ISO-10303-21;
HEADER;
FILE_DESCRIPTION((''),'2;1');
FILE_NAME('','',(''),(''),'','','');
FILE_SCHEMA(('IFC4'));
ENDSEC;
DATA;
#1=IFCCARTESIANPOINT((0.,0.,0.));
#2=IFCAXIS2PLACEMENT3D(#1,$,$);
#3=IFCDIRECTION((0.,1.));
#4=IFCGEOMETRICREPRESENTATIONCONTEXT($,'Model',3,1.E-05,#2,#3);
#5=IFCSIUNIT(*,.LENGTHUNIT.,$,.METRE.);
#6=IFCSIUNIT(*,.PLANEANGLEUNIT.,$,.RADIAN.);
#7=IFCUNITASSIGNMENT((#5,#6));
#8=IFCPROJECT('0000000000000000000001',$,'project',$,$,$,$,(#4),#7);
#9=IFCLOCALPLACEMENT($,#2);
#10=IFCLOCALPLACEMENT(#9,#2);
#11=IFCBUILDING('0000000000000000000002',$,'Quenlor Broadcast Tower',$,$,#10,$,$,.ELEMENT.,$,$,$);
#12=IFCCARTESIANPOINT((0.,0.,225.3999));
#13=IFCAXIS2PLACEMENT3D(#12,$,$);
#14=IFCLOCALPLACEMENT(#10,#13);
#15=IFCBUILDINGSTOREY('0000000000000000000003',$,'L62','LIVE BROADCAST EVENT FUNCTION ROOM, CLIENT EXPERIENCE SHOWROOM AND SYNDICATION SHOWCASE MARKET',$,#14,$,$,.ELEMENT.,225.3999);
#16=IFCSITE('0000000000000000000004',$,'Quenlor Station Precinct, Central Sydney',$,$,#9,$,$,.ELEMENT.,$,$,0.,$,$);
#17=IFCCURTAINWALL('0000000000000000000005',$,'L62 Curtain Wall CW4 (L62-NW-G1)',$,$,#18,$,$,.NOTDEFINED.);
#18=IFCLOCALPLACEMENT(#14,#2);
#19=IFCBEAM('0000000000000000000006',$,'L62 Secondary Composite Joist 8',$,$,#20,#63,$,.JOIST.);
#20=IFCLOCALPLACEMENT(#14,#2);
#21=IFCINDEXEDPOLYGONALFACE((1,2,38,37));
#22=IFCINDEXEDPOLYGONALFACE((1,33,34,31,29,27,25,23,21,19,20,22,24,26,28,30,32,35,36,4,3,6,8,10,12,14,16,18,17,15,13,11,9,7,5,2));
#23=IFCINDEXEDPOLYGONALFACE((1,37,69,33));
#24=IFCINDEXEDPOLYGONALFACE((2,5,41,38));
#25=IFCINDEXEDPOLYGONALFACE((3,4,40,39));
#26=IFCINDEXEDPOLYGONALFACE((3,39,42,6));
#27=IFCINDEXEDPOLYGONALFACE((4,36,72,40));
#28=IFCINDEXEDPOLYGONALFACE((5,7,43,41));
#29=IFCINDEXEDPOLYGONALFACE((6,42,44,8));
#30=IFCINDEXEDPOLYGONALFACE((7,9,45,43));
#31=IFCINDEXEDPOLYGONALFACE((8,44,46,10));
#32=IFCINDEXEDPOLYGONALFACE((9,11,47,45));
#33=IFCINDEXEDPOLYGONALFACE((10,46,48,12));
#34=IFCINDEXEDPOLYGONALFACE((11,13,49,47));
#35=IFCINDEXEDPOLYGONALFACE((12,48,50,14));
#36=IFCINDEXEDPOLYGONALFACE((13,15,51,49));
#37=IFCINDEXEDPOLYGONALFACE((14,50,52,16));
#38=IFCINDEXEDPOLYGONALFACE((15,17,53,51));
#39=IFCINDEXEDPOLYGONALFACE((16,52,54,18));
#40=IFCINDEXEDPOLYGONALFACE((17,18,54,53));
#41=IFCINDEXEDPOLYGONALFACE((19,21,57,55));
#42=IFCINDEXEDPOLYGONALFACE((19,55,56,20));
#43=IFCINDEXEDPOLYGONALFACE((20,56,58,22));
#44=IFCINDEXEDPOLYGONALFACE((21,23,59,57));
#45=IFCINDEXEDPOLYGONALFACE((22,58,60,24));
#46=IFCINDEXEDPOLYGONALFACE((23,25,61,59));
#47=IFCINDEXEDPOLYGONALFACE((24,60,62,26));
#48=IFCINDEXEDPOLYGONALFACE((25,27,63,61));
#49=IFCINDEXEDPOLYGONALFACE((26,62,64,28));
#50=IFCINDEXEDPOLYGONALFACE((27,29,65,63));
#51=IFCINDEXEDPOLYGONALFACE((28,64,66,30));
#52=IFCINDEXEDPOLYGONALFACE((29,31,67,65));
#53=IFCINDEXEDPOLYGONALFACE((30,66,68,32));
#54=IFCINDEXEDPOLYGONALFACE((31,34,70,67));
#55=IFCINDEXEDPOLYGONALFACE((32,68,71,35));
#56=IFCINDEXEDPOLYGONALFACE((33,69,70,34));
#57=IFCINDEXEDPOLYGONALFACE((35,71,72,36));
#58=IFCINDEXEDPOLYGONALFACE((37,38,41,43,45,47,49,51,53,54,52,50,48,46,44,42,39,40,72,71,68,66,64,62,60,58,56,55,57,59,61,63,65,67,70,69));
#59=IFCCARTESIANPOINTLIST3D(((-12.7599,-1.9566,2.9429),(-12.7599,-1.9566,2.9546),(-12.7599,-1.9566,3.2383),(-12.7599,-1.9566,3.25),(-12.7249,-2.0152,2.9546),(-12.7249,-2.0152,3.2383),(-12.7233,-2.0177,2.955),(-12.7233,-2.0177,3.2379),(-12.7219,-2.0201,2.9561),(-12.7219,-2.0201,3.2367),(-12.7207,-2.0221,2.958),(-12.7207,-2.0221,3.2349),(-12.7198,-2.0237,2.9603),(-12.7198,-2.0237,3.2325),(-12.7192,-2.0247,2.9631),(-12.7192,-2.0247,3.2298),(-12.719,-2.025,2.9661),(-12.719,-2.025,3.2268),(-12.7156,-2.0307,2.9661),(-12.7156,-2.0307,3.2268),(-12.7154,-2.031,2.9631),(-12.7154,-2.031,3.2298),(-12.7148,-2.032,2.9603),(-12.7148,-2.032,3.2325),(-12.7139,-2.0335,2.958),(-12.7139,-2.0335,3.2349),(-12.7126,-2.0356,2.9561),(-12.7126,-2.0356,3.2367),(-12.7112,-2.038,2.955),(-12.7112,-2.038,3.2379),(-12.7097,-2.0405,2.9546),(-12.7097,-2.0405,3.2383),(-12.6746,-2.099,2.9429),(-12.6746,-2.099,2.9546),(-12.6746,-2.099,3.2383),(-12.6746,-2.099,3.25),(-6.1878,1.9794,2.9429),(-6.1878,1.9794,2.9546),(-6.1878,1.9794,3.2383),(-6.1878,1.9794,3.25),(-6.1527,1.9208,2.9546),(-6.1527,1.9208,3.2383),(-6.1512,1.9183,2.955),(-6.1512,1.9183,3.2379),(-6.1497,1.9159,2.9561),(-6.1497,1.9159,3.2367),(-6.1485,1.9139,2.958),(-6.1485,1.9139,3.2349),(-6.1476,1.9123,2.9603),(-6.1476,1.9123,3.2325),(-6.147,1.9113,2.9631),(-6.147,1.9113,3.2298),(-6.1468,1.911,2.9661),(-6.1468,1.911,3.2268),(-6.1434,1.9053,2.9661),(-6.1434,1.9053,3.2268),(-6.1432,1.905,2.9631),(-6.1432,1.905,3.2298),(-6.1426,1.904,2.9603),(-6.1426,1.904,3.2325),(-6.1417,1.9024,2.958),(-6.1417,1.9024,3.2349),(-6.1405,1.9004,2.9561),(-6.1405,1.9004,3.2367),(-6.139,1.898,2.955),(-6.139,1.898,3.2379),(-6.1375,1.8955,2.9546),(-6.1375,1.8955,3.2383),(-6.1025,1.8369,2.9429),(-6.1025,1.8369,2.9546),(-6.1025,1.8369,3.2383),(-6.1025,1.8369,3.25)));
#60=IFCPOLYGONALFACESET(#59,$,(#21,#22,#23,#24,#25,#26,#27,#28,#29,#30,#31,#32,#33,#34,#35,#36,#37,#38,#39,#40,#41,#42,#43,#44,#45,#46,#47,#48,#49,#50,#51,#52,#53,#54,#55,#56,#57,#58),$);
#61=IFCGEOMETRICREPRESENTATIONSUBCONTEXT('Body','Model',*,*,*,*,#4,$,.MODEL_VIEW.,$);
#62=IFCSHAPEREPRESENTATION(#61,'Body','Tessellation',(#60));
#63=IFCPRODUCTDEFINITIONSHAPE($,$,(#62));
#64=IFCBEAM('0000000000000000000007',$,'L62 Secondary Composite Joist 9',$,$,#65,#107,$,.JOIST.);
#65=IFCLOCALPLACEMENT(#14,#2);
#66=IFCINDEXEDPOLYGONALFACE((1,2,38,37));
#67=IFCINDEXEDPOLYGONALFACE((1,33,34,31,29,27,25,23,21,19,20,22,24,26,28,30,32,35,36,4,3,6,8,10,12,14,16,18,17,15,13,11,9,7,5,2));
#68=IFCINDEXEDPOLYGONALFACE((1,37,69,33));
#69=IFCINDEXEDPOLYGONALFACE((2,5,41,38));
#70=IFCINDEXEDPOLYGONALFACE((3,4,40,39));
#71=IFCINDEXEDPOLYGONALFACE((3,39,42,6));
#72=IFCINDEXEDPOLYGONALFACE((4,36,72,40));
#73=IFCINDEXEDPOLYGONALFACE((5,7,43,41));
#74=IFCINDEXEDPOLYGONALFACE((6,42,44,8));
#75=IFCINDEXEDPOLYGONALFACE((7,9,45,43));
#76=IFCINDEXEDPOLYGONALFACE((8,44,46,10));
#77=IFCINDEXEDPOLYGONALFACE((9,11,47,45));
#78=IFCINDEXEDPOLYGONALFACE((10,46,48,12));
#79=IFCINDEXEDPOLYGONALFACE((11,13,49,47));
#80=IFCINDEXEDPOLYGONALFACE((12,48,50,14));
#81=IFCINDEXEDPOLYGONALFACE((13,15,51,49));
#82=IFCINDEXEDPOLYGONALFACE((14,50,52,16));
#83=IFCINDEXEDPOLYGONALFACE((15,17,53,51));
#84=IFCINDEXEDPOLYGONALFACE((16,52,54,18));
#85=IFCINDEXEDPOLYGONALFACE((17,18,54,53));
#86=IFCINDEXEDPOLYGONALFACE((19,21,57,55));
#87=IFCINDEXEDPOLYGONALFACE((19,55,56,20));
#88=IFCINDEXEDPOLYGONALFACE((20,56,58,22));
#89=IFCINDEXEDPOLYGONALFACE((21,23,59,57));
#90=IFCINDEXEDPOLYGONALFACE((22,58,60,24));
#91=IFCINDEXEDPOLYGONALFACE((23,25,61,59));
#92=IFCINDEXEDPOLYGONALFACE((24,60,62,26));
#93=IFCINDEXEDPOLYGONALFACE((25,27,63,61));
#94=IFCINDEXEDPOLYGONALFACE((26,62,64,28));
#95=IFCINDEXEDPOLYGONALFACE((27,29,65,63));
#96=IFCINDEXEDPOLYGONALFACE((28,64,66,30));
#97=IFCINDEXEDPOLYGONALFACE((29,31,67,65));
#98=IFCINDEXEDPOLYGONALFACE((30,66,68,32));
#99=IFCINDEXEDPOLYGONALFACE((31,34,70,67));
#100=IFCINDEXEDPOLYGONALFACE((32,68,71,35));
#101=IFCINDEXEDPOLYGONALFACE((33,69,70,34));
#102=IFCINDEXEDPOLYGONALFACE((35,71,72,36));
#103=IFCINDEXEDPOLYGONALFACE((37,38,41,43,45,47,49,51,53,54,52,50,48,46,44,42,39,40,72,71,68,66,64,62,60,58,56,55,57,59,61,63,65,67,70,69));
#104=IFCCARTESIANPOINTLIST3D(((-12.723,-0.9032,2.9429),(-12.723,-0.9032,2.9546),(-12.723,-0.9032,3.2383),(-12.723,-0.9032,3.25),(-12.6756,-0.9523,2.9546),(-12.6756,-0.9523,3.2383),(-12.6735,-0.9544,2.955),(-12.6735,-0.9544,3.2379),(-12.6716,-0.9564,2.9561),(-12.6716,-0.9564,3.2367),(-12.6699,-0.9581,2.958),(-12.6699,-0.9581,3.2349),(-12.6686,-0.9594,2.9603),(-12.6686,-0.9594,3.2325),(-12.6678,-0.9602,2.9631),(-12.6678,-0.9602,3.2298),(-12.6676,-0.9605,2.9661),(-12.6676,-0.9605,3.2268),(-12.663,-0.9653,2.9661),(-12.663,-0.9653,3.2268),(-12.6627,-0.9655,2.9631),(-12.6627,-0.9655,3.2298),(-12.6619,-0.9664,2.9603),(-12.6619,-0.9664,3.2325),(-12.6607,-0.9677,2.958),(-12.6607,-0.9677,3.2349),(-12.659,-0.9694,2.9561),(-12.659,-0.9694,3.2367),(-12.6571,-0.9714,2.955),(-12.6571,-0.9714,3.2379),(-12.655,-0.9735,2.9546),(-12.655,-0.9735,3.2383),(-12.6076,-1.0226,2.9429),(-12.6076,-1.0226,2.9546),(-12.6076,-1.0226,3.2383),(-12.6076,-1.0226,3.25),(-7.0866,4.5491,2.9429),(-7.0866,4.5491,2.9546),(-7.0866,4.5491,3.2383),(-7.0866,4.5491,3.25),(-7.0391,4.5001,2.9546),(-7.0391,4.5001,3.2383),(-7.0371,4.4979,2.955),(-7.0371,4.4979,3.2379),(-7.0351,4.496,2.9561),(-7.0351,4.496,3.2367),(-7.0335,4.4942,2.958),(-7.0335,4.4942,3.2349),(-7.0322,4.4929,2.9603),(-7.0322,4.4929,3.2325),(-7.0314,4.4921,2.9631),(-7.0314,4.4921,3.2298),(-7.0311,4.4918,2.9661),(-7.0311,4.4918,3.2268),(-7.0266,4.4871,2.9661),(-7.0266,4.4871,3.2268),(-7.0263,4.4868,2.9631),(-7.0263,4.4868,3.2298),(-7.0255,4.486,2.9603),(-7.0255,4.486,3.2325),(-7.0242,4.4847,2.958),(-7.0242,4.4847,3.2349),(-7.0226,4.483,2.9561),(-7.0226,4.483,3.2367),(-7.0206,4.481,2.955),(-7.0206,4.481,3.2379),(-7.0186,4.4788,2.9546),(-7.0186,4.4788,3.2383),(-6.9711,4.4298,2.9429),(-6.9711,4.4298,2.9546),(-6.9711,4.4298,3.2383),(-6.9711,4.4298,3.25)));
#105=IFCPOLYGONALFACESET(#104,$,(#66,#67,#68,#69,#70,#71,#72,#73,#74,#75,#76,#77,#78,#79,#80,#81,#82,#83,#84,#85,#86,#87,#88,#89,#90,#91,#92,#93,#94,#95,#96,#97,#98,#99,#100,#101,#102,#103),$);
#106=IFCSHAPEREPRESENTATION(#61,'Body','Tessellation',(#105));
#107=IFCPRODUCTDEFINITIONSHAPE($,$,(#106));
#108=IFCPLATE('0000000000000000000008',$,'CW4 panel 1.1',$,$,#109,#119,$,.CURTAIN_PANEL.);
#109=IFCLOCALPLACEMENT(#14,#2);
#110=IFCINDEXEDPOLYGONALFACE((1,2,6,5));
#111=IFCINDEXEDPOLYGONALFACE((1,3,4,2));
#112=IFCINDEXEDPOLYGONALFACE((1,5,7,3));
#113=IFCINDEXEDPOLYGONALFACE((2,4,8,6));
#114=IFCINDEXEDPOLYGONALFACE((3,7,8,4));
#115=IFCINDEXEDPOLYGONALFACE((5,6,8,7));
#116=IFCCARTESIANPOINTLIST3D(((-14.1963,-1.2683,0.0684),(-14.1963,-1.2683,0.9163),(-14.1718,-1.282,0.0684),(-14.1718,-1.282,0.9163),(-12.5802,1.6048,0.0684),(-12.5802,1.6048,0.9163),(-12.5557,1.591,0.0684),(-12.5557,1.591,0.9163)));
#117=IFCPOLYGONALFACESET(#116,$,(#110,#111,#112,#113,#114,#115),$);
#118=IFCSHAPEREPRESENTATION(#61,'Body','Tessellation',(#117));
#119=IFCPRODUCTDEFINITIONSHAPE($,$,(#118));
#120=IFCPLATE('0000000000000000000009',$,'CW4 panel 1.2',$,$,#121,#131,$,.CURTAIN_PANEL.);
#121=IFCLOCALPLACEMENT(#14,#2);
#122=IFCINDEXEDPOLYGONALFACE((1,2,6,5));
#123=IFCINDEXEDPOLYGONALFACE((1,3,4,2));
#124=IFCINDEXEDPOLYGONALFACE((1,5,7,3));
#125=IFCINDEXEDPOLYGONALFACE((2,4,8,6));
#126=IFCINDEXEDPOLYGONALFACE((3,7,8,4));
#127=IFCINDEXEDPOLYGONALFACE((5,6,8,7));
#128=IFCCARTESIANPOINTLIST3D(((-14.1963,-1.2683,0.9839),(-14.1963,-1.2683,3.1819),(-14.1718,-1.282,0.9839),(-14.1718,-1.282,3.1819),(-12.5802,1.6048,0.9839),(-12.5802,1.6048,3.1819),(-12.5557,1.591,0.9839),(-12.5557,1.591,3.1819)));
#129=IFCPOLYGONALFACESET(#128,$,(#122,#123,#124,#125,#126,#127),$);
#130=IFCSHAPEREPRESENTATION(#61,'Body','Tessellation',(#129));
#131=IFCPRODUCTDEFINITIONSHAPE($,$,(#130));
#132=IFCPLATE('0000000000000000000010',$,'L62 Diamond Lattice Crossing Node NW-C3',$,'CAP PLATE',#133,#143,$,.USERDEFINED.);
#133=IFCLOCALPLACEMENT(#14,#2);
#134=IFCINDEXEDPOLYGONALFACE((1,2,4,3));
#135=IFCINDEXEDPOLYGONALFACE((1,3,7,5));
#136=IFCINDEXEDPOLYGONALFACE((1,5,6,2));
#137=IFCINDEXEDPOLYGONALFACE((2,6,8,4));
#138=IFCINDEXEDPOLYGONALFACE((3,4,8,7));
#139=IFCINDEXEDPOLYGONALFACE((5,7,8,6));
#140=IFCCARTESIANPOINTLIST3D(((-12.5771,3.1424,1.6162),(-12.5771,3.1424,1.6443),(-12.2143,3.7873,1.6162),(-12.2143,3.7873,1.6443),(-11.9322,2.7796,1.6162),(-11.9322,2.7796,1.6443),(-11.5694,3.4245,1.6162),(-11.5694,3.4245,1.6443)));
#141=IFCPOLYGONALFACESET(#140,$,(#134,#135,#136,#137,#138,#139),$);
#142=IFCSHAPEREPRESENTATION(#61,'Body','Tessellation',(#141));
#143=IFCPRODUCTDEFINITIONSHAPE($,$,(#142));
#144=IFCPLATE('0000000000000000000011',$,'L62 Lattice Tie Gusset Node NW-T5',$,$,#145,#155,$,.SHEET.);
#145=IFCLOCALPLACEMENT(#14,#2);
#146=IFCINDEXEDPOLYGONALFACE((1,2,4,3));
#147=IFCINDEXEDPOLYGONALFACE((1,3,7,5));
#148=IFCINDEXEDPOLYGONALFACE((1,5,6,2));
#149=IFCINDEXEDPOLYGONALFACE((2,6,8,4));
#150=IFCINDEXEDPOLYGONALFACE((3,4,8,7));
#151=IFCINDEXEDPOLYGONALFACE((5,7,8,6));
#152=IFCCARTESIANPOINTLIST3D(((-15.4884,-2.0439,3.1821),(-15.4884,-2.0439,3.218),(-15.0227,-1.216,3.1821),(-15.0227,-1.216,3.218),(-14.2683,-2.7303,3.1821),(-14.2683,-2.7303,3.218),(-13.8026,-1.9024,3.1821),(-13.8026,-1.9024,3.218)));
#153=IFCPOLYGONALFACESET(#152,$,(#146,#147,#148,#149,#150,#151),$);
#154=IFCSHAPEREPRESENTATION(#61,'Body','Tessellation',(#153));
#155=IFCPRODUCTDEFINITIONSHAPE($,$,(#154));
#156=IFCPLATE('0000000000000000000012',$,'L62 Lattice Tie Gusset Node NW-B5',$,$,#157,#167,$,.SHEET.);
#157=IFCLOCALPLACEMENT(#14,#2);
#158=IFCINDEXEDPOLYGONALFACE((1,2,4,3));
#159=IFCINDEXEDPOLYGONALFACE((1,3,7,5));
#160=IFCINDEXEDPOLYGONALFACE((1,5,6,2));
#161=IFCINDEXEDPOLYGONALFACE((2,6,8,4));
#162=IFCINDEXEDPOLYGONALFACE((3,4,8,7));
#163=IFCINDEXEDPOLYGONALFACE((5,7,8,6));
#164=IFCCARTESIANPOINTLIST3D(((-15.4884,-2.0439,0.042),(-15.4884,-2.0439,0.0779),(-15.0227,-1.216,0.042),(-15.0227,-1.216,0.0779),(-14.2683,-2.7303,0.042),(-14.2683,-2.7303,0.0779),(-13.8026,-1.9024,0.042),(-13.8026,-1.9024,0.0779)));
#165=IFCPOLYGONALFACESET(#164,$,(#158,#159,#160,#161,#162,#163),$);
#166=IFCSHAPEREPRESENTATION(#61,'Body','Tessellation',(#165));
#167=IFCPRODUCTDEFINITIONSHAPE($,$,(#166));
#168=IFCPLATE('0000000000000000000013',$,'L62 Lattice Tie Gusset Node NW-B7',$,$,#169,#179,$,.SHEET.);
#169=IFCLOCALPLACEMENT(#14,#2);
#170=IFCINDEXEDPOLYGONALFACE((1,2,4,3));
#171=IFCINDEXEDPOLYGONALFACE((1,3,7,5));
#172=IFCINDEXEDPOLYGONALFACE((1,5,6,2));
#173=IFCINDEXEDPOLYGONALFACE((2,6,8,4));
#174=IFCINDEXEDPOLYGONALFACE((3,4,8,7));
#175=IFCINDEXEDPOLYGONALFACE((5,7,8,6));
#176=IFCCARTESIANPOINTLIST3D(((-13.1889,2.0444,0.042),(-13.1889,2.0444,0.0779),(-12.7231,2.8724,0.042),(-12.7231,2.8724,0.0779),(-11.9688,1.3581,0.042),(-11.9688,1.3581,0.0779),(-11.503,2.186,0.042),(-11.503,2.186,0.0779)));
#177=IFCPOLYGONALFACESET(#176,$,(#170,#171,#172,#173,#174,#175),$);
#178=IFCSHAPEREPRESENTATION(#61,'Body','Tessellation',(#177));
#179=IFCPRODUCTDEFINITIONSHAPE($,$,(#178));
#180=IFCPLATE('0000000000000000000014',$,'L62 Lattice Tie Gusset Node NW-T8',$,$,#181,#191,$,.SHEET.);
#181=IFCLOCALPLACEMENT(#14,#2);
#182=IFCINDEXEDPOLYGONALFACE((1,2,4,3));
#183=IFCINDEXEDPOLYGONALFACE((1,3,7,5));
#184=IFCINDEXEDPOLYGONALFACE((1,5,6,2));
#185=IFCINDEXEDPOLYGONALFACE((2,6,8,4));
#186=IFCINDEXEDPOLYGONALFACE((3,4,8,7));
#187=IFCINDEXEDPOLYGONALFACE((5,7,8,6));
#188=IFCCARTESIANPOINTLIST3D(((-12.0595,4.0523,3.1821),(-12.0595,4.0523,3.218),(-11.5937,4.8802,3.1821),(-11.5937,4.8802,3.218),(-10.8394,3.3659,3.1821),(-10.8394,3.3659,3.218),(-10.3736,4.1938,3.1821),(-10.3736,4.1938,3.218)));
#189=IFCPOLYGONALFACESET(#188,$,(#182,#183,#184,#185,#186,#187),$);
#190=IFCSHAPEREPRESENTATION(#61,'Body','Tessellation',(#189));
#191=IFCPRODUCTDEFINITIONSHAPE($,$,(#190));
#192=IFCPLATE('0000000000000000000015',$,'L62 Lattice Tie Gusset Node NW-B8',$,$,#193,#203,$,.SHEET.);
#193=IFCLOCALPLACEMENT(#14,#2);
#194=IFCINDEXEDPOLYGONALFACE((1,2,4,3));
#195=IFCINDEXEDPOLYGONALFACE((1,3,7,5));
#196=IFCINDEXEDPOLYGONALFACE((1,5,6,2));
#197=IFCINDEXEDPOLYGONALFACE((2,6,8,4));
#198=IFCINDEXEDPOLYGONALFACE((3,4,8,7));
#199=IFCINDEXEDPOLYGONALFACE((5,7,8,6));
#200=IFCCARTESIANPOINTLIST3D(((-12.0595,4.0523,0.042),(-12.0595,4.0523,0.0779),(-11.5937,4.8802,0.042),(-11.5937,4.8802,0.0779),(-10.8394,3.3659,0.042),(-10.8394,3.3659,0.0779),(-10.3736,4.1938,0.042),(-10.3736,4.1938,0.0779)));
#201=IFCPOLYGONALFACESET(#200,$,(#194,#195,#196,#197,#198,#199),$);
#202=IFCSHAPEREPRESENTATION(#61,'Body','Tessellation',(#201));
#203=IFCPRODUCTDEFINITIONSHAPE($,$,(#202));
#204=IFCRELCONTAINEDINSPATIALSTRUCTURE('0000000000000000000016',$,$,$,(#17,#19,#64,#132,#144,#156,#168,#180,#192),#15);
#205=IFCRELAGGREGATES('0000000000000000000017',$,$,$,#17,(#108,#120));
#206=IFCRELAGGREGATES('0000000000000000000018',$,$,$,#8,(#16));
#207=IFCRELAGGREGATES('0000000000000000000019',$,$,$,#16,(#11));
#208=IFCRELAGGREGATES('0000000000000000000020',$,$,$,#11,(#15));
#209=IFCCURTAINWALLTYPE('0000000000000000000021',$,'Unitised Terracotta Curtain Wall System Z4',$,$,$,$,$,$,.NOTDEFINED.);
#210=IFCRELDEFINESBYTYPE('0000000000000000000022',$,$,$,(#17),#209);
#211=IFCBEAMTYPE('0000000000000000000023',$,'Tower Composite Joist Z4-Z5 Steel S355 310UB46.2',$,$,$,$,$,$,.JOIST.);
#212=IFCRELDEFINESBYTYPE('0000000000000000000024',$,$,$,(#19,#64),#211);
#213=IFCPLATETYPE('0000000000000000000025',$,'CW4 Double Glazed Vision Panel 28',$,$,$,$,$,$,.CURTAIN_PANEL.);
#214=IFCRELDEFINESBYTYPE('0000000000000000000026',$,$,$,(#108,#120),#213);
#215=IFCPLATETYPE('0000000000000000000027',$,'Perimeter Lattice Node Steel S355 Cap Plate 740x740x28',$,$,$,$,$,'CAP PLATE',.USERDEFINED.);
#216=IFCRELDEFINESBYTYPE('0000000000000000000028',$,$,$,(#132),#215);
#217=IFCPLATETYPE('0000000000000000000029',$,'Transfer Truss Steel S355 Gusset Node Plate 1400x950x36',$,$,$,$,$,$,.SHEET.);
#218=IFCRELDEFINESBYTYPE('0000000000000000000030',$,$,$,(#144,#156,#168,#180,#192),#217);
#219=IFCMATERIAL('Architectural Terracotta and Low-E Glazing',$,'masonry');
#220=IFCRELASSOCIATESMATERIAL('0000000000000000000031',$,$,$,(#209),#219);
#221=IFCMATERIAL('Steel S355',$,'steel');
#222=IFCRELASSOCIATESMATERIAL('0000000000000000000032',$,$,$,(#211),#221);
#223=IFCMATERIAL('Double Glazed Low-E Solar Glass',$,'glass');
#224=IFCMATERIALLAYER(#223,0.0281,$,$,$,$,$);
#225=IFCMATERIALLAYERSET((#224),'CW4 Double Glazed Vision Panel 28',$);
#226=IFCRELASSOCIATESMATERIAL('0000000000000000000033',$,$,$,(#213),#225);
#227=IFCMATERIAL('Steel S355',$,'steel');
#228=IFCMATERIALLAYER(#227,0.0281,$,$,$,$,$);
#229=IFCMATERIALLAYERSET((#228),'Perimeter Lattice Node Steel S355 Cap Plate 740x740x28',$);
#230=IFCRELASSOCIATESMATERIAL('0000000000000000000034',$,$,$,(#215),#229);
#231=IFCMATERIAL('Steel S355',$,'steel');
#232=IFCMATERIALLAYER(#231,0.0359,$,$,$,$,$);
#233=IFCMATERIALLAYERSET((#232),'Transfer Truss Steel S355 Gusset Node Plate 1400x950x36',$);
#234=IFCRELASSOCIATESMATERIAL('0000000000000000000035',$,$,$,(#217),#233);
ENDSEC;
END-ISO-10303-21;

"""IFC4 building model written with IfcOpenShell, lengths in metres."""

from ifc_helpers import new_model, si_unit, direction, frame, origin, origin_2d, place, context, subcontext, project, spatial, rectangle, i_section, extrude, material, layer, layer_set, material_profile, profile_set, type_object, element, aggregate, save


model = new_model("IFC4")

# Units and contexts
model_context = context("Model", 3, precision=1e-05, world=origin(), true_north=direction((0.0, 1.0)))
body_context = subcontext(model_context, "Body", "Model", "MODEL_VIEW")
ifc_project = project(units=[si_unit("LENGTHUNIT", "METRE"), si_unit("PLANEANGLEUNIT", "RADIAN")], contexts=[model_context])

# Site, building, storey
site_placement = place(None, origin())
site = spatial("IfcSite", under=ifc_project, at=site_placement, Name="Quenlor Station Precinct, Central Sydney", CompositionType="ELEMENT", RefElevation=0.0)
building_placement = place(site_placement, origin())
building = spatial("IfcBuilding", under=site, at=building_placement, Name="Quenlor Broadcast Tower", CompositionType="ELEMENT")
storey_placement = place(building_placement, frame((0.0, 0.0, 225.3999)))
storey = spatial("IfcBuildingStorey", under=building, at=storey_placement, Name="L62", Description="LIVE BROADCAST EVENT FUNCTION ROOM, CLIENT EXPERIENCE SHOWROOM AND SYNDICATION SHOWCASE MARKET", CompositionType="ELEMENT", Elevation=225.3999)

# Curtain wall
ifc_material_1 = material(Name="Architectural Terracotta and Low-E Glazing", Category="masonry")
curtain_wall_type = type_object("IfcCurtainWallType", Name="Unitised Terracotta Curtain Wall System Z4", PredefinedType="NOTDEFINED", material=ifc_material_1)
curtain_wall_placement = place(storey_placement, origin())
curtain_wall = element("IfcCurtainWall", 1, at=curtain_wall_placement, inside=storey, type_object=curtain_wall_type, Name="L62 Curtain Wall CW4 (L62-NW-G1)", PredefinedType="NOTDEFINED")

# Beams
ifc_material_2 = material(Name="Steel S355", Category="steel")
ifc_material_profile_1 = material_profile(ifc_material_2, i_section(OverallWidth=0.166, OverallDepth=0.3071, WebThickness=0.0066, FlangeThickness=0.0117, FilletRadius=0.0115, at=origin_2d()))
ifc_profile_set_1 = profile_set([ifc_material_profile_1], Name="Steel S355 310UB46.2")
beam_type = type_object("IfcBeamType", Name="Tower Composite Joist Z4-Z5 Steel S355 310UB46.2", PredefinedType="JOIST", material=ifc_profile_set_1)
beam_1_placement = place(storey_placement, frame((-12.7173, -2.0278, 3.0964), z_axis=(0.857914, 0.513793, 0.0), x_axis=(-0.513793, 0.857914, 0.0)))
element("IfcBeam", 2, at=beam_1_placement, inside=storey, type_object=beam_type, Name="L62 Secondary Composite Joist 8", PredefinedType="JOIST", context=body_context, shape_type="SweptSolid", body=[
    extrude(i_section(OverallWidth=0.166, OverallDepth=0.3071, WebThickness=0.0066, FlangeThickness=0.0117, FilletRadius=0.0115, at=origin_2d()), origin(), (0.0, 0.0, 1.0), 7.6606),
])
beam_2_placement = place(storey_placement, frame((-12.6653, -0.9629, 3.0964), z_axis=(0.718746, 0.695273, 0.0), x_axis=(-0.695273, 0.718746, 0.0)))
element("IfcBeam", 3, at=beam_2_placement, inside=storey, type_object=beam_type, Name="L62 Secondary Composite Joist 9", PredefinedType="JOIST", context=body_context, shape_type="SweptSolid", body=[
    extrude(i_section(OverallWidth=0.166, OverallDepth=0.3071, WebThickness=0.0066, FlangeThickness=0.0117, FilletRadius=0.0115, at=origin_2d()), origin(), (0.0, 0.0, 1.0), 7.842),
])

# Plates
ifc_material_3 = material(Name="Double Glazed Low-E Solar Glass", Category="glass")
ifc_layer_1 = layer(ifc_material_3, 0.0281)
ifc_layer_set_1 = layer_set([ifc_layer_1], Name="CW4 Double Glazed Vision Panel 28")
plate_type_1 = type_object("IfcPlateType", Name="CW4 Double Glazed Vision Panel 28", PredefinedType="CURTAIN_PANEL", material=ifc_layer_set_1)
plate_1_placement = place(storey_placement, frame((-13.376, 0.1614, 0.0684), z_axis=(0.0, 0.0, 1.0), x_axis=(0.490257, 0.871578, 0.0)))
plate_1 = element("IfcPlate", 4, at=plate_1_placement, type_object=plate_type_1, Name="CW4 panel 1.1", PredefinedType="CURTAIN_PANEL", context=body_context, shape_type="SweptSolid", body=[
    extrude(rectangle(XDim=3.2964, YDim=0.0281, at=origin_2d()), origin(), (0.0, 0.0, 1.0), 0.8479),
])
plate_2_placement = place(storey_placement, frame((-13.376, 0.1614, 0.9839), z_axis=(0.0, 0.0, 1.0), x_axis=(0.490257, 0.871578, 0.0)))
plate_2 = element("IfcPlate", 5, at=plate_2_placement, type_object=plate_type_1, Name="CW4 panel 1.2", PredefinedType="CURTAIN_PANEL", context=body_context, shape_type="SweptSolid", body=[
    extrude(rectangle(XDim=3.2964, YDim=0.0281, at=origin_2d()), origin(), (0.0, 0.0, 1.0), 2.198),
])
aggregate(curtain_wall, [plate_1, plate_2])

# Plates
ifc_material_4 = material(Name="Steel S355", Category="steel")
ifc_layer_2 = layer(ifc_material_4, 0.0281)
ifc_layer_set_2 = layer_set([ifc_layer_2], Name="Perimeter Lattice Node Steel S355 Cap Plate 740x740x28")
plate_type_2 = type_object("IfcPlateType", Name="Perimeter Lattice Node Steel S355 Cap Plate 740x740x28", ElementType="CAP PLATE", PredefinedType="USERDEFINED", material=ifc_layer_set_2)
plate_3_placement = place(storey_placement, frame((-12.0732, 3.2834, 1.6162), z_axis=(0.0, 0.0, 1.0), x_axis=(0.490295, 0.871556, 0.0)))
element("IfcPlate", 6, at=plate_3_placement, inside=storey, type_object=plate_type_2, Name="L62 Diamond Lattice Crossing Node NW-C3", ObjectType="CAP PLATE", PredefinedType="USERDEFINED", context=body_context, shape_type="SweptSolid", body=[
    extrude(rectangle(XDim=0.74, YDim=0.74, at=origin_2d()), origin(), (0.0, 0.0, 1.0), 0.0281),
])
ifc_material_5 = material(Name="Steel S355", Category="steel")
ifc_layer_3 = layer(ifc_material_5, 0.0359)
ifc_layer_set_3 = layer_set([ifc_layer_3], Name="Transfer Truss Steel S355 Gusset Node Plate 1400x950x36")
plate_type_3 = type_object("IfcPlateType", Name="Transfer Truss Steel S355 Gusset Node Plate 1400x950x36", PredefinedType="SHEET", material=ifc_layer_set_3)
for number, where, z_axis, x_axis, name in (
    (7, (-14.6455, -1.9731, 3.1821), (0.0, 0.0, 1.0), (-0.871556, 0.490295, 0.0), "L62 Lattice Tie Gusset Node NW-T5"),
    (8, (-14.6455, -1.9731, 0.042), (0.0, 0.0, 1.0), (-0.871556, 0.490295, 0.0), "L62 Lattice Tie Gusset Node NW-B5"),
    (9, (-12.3459, 2.1152, 0.042), (0.0, 0.0, 1.0), (-0.871556, 0.490295, 0.0), "L62 Lattice Tie Gusset Node NW-B7"),
    (10, (-11.2166, 4.123, 3.1821), (0.0, 0.0, 1.0), (-0.871556, 0.490295, 0.0), "L62 Lattice Tie Gusset Node NW-T8"),
    (11, (-11.2166, 4.123, 0.042), (0.0, 0.0, 1.0), (-0.871556, 0.490295, 0.0), "L62 Lattice Tie Gusset Node NW-B8"),
):
    element("IfcPlate", number, at=place(storey_placement, frame(where, z_axis=z_axis, x_axis=x_axis)), inside=storey, type_object=plate_type_3, Name=name, PredefinedType="SHEET", context=body_context, shape_type="SweptSolid", body=[
        extrude(rectangle(XDim=1.3999, YDim=0.95, at=origin_2d()), origin(), (0.0, 0.0, 1.0), 0.0359),
    ])

save(model, "model.ifc")
